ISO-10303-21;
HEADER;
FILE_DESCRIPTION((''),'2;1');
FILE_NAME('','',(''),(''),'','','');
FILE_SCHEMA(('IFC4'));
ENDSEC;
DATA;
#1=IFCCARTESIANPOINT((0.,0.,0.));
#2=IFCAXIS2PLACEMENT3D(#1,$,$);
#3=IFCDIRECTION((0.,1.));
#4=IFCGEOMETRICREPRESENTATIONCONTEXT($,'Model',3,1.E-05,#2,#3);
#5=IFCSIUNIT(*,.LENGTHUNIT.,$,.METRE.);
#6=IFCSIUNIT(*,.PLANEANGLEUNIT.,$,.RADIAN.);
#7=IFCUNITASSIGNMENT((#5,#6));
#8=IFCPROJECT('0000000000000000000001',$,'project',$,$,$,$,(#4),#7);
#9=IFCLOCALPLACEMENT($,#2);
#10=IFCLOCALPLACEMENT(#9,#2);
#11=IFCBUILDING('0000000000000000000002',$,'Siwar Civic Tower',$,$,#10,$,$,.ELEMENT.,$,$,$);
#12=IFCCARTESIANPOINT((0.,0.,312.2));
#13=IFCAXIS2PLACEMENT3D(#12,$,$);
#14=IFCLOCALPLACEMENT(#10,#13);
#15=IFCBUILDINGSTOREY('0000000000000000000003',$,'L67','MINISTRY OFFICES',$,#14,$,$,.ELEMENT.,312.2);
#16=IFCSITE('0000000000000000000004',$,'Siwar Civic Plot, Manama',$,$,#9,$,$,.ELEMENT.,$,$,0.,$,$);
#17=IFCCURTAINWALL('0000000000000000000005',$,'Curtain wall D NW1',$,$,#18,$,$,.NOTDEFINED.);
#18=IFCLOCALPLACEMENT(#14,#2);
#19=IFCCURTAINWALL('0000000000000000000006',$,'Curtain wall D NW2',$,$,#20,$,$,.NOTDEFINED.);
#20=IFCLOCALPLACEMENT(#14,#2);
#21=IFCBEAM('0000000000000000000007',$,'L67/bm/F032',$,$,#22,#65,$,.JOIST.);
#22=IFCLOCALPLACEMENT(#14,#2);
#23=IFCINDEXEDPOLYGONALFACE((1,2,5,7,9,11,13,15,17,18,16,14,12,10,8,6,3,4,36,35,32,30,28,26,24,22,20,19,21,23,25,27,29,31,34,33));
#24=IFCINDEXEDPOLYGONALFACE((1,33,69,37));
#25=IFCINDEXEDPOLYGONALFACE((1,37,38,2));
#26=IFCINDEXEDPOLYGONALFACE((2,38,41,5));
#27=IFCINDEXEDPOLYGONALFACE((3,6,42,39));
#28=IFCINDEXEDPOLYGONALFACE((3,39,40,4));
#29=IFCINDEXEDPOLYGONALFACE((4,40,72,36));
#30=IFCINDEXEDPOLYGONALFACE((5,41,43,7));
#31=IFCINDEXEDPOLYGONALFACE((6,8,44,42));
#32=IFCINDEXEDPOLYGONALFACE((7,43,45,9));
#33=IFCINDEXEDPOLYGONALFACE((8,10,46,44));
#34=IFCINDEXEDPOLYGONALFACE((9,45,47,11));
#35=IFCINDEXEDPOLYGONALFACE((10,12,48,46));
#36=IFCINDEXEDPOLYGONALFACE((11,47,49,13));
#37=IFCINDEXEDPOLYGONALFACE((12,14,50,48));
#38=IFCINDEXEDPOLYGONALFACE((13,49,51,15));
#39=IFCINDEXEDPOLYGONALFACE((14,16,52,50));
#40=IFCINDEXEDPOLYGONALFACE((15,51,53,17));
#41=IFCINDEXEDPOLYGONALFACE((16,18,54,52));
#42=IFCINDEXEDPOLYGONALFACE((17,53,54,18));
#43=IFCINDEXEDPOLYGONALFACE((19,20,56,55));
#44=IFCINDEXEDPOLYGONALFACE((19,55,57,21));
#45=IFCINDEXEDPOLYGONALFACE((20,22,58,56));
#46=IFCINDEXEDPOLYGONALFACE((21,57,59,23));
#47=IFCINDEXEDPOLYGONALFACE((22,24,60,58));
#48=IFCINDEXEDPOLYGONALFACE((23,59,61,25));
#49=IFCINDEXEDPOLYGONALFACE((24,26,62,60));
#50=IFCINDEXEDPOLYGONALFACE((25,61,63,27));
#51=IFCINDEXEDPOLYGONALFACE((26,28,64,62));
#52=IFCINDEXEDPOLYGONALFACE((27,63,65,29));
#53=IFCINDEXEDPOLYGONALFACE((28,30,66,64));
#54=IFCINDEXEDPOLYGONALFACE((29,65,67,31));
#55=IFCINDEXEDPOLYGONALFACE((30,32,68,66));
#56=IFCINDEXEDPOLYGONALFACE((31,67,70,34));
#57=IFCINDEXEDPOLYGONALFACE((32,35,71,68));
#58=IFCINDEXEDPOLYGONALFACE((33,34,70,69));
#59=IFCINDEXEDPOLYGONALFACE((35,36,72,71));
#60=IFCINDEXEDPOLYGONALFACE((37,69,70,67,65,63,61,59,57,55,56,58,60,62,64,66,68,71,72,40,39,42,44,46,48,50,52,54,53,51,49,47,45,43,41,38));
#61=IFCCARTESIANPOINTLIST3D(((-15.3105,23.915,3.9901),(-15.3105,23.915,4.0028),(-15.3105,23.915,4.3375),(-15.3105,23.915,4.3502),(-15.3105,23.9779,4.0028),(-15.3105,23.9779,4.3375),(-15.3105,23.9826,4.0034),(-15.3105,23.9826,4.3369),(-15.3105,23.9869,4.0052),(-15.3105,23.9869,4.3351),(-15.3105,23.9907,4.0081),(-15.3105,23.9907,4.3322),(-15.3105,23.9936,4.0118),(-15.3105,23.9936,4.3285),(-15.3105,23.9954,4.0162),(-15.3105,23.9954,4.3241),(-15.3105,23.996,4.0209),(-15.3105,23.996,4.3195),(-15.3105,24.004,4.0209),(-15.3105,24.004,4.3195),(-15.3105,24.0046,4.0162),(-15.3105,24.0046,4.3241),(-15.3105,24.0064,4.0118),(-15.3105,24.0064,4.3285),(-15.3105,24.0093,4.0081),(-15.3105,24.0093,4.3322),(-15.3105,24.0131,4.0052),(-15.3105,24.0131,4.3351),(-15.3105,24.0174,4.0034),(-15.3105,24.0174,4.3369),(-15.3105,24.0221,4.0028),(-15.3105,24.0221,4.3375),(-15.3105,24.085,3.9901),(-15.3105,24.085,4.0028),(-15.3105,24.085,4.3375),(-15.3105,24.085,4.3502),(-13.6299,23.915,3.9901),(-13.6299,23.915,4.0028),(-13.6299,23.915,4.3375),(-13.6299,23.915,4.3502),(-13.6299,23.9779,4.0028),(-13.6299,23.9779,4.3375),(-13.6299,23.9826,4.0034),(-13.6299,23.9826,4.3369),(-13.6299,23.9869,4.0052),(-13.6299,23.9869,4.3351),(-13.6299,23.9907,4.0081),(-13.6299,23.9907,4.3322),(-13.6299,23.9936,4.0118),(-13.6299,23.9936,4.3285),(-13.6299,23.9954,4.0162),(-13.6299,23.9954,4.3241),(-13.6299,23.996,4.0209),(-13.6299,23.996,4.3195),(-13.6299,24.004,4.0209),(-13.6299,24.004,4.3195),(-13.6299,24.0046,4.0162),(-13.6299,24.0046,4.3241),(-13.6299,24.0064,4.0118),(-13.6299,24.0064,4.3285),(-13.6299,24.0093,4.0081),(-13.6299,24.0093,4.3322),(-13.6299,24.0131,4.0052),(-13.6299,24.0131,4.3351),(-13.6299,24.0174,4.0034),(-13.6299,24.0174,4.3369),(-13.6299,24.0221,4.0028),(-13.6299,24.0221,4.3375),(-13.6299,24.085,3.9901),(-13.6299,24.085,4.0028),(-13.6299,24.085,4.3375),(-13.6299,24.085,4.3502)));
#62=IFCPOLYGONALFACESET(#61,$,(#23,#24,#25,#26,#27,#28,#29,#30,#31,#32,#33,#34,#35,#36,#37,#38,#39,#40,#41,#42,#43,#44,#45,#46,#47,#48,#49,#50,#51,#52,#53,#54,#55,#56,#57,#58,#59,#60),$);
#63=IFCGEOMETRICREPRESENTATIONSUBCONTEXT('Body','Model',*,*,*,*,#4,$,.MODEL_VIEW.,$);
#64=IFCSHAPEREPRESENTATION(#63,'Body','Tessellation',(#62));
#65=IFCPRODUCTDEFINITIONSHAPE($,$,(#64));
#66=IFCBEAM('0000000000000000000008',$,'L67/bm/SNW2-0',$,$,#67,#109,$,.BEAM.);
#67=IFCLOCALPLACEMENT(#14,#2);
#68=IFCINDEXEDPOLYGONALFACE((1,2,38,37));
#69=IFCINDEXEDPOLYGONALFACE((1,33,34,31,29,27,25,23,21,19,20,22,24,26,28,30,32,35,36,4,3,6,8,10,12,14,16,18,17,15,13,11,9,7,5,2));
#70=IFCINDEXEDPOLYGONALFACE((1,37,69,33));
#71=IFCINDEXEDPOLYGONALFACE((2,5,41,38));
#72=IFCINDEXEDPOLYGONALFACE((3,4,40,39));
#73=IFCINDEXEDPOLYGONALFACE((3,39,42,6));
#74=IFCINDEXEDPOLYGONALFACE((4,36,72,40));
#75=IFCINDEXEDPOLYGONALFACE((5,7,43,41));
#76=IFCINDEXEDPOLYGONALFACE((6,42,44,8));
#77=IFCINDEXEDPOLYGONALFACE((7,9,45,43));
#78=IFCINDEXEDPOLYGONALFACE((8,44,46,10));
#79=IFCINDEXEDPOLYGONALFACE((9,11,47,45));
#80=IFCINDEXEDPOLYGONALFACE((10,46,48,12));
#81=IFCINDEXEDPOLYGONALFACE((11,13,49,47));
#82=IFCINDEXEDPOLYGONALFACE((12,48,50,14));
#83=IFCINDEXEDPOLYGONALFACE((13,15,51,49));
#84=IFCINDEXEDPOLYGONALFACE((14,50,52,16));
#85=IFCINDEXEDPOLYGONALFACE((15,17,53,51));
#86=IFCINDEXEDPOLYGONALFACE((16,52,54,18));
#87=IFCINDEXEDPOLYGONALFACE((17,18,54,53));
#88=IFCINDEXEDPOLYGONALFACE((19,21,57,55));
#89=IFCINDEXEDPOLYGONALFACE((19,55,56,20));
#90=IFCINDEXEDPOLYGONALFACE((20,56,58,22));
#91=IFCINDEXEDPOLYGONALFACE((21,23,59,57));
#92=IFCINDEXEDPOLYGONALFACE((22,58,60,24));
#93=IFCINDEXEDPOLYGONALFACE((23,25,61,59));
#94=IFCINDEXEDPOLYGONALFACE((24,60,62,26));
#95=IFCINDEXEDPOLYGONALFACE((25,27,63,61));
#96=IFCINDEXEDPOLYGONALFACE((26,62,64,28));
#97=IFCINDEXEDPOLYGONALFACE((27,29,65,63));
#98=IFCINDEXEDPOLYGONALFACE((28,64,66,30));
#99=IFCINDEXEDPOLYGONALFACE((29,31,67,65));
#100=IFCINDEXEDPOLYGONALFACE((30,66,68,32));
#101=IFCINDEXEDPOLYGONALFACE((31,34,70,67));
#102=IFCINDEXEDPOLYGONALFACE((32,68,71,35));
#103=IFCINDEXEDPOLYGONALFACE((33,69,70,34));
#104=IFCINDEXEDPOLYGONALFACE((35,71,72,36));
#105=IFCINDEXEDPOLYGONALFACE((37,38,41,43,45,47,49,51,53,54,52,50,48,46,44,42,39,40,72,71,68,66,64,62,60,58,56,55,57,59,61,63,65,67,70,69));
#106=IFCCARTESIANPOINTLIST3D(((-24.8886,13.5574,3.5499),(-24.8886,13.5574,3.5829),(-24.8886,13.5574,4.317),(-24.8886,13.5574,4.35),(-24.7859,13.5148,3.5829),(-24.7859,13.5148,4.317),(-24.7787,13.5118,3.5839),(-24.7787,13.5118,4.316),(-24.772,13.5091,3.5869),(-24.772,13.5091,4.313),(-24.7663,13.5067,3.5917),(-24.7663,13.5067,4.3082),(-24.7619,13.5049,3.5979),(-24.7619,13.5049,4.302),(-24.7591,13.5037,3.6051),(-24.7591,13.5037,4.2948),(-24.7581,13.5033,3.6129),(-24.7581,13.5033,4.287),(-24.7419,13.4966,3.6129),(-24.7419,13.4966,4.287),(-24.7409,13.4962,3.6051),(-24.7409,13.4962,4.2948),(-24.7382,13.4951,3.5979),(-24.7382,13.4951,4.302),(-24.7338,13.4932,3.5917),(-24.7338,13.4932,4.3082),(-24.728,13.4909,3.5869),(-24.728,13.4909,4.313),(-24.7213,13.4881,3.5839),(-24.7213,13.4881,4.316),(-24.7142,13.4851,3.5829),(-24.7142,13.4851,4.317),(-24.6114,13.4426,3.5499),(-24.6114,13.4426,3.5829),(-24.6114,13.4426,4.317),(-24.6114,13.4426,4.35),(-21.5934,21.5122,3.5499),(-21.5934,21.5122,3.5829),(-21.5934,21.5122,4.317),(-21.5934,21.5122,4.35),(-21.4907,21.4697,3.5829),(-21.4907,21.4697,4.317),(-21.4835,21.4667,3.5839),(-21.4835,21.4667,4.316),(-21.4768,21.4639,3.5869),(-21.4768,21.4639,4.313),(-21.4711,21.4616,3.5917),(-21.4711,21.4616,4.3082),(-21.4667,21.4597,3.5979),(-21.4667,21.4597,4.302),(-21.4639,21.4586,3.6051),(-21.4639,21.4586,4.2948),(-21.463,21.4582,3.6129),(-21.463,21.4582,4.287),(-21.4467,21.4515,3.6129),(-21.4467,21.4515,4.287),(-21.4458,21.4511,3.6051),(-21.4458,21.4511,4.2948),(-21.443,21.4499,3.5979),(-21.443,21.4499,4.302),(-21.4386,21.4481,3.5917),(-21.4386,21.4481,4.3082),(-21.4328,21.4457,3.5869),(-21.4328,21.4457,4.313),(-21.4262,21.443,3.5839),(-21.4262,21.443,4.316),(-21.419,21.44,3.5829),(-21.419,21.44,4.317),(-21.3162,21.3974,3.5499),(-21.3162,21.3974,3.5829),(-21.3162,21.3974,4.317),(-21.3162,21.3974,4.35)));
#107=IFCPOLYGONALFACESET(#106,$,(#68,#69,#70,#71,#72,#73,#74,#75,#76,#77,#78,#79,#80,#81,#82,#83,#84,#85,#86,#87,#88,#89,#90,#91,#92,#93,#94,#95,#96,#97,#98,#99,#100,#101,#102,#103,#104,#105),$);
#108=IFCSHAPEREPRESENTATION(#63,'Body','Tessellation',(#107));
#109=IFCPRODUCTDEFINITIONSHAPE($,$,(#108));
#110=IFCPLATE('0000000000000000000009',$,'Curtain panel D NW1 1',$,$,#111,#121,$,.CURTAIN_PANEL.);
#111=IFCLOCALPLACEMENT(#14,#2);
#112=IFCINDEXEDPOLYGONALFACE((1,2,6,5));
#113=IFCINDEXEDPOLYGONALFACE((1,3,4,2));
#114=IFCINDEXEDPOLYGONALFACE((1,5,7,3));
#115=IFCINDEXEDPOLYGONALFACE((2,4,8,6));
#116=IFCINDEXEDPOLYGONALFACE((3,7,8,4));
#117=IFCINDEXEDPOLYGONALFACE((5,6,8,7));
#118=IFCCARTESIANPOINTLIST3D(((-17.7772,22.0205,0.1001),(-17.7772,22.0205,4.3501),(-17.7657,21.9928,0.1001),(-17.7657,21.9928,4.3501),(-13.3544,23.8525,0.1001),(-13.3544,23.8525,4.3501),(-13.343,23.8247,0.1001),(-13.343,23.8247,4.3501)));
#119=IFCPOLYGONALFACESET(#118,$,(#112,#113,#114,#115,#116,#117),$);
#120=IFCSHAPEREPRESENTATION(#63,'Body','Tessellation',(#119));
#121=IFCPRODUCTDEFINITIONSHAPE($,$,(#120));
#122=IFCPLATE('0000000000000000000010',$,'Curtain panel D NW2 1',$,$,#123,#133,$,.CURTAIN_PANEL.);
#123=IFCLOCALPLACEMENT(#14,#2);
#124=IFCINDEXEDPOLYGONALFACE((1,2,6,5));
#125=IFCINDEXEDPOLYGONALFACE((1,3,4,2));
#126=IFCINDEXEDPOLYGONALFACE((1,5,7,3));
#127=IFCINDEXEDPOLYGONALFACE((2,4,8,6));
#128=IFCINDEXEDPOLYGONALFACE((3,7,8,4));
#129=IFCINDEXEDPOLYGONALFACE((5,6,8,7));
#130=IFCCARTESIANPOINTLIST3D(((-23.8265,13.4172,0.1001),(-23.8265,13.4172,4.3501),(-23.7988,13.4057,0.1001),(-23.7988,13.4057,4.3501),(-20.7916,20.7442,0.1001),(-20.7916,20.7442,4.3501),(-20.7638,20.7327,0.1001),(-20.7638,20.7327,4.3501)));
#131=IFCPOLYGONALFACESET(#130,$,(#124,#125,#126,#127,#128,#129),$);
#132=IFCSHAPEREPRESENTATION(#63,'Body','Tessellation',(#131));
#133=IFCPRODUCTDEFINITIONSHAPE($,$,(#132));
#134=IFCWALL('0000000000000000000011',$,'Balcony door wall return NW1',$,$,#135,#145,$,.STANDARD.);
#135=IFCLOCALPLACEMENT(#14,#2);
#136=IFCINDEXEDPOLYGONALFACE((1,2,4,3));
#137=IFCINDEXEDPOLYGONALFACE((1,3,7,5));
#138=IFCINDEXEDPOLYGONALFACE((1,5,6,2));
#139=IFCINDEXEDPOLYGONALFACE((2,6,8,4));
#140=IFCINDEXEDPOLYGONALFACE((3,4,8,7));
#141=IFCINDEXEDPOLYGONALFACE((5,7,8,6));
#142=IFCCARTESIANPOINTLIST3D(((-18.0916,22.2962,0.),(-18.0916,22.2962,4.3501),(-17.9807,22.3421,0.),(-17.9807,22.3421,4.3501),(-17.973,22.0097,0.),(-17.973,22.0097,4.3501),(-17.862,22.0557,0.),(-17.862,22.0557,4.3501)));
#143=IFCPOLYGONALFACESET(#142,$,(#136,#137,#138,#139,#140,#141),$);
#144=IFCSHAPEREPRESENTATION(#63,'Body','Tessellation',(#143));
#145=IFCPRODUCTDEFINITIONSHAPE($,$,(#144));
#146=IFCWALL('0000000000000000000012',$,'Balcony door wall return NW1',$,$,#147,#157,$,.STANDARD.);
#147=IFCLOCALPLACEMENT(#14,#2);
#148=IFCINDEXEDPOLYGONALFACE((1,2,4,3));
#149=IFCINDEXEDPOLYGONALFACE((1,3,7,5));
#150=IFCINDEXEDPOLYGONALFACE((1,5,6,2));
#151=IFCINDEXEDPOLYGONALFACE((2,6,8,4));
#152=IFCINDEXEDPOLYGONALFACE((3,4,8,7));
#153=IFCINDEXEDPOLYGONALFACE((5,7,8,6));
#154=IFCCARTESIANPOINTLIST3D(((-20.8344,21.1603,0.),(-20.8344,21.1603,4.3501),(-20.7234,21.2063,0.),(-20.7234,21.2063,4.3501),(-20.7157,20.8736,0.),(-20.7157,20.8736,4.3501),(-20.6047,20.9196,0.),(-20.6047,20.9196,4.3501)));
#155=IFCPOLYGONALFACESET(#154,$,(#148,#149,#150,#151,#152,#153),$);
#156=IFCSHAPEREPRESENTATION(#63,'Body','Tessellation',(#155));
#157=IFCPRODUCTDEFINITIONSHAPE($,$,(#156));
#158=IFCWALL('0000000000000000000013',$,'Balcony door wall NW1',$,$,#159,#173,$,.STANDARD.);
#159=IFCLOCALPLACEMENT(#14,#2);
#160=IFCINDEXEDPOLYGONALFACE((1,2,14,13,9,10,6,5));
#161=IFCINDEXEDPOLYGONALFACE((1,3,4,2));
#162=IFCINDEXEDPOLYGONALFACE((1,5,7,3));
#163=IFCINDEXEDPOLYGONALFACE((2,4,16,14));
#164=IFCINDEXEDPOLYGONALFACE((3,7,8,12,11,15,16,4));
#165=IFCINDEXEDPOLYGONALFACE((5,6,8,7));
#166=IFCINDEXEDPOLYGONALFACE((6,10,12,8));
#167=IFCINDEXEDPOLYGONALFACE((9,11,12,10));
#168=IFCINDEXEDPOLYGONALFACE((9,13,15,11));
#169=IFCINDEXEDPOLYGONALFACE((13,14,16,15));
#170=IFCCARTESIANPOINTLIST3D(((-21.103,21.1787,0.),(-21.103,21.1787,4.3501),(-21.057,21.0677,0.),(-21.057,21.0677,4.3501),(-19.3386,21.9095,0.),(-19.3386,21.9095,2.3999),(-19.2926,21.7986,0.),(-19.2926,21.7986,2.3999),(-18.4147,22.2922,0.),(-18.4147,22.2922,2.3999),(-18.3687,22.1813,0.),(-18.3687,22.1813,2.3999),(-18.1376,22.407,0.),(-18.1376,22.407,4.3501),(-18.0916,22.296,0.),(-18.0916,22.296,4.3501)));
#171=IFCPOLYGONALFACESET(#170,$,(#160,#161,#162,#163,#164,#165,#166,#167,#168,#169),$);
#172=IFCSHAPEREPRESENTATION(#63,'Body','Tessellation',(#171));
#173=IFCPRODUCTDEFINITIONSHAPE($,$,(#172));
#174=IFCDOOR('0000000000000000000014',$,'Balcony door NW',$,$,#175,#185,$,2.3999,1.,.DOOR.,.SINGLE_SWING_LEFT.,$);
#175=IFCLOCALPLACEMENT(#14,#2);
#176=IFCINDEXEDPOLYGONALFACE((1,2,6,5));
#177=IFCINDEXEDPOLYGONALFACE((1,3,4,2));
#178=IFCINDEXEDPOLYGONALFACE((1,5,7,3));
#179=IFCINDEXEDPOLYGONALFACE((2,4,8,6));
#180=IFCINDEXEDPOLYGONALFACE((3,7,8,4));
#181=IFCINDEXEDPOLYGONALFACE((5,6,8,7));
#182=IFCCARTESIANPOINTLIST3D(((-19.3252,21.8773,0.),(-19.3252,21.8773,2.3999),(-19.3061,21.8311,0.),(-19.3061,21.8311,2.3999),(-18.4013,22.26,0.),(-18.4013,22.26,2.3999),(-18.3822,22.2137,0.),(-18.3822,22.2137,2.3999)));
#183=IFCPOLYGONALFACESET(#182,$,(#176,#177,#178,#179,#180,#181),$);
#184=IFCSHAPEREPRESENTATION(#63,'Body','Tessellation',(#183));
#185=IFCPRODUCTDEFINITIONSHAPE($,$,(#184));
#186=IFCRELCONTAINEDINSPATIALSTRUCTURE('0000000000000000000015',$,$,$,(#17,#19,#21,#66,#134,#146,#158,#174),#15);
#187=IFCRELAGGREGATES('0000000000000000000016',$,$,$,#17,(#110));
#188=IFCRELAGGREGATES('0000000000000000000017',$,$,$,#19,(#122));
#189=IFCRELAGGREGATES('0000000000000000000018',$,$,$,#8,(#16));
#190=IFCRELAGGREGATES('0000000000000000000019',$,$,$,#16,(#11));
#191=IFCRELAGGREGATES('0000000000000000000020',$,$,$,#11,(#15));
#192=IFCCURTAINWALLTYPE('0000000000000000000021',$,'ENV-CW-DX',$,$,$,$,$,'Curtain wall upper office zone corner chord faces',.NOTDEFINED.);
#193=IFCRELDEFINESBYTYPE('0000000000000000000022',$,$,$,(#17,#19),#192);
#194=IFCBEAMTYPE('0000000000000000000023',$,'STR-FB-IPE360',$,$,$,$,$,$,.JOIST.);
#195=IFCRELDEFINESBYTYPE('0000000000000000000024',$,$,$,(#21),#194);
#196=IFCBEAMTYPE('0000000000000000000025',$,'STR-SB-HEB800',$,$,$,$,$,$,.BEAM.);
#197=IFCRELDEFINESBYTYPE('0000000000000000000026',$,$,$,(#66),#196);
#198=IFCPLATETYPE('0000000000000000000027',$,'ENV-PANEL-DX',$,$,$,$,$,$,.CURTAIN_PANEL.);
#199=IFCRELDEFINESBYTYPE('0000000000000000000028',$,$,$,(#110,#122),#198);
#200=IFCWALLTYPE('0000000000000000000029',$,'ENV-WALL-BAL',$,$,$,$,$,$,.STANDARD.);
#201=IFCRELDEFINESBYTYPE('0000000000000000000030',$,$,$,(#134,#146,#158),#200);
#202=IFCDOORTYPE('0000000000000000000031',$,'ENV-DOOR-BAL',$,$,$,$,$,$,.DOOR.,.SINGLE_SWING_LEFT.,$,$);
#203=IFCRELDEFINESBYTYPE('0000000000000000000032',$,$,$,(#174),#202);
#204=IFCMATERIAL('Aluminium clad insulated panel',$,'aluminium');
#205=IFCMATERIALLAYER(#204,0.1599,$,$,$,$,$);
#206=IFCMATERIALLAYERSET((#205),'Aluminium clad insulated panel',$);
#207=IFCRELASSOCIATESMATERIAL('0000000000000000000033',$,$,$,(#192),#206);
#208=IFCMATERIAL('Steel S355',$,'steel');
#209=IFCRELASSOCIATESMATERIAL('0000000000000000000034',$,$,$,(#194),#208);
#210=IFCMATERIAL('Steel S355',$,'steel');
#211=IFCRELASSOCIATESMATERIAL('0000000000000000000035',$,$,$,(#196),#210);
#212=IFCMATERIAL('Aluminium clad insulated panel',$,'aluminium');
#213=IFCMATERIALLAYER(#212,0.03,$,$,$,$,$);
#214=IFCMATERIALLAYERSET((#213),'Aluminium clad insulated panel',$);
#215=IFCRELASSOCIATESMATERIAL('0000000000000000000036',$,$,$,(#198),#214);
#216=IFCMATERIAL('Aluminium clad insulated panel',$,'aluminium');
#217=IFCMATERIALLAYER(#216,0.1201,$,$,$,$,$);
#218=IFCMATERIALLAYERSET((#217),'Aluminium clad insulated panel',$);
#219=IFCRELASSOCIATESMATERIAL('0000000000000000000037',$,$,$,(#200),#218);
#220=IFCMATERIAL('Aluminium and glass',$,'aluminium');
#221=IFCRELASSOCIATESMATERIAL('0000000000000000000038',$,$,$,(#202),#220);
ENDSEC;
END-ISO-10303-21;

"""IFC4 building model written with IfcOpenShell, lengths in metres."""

from ifc_helpers import new_model, si_unit, direction, frame, frame_2d, origin, origin_2d, place, context, subcontext, project, spatial, rectangle, i_section, extrude, material, layer, layer_set, material_profile, profile_set, type_object, element, fill, aggregate, save


model = new_model("IFC4")

# Units and contexts
model_context = context("Model", 3, precision=1e-05, world=origin(), true_north=direction((0.0, 1.0)))
body_context = subcontext(model_context, "Body", "Model", "MODEL_VIEW")
ifc_project = project(units=[si_unit("LENGTHUNIT", "METRE"), si_unit("PLANEANGLEUNIT", "RADIAN")], contexts=[model_context])

# Site, building, storey
site_placement = place(None, origin())
site = spatial("IfcSite", under=ifc_project, at=site_placement, Name="Siwar Civic Plot, Manama", CompositionType="ELEMENT", RefElevation=0.0)
building_placement = place(site_placement, origin())
building = spatial("IfcBuilding", under=site, at=building_placement, Name="Siwar Civic Tower", CompositionType="ELEMENT")
storey_placement = place(building_placement, frame((0.0, 0.0, 312.2)))
storey = spatial("IfcBuildingStorey", under=building, at=storey_placement, Name="L67", Description="MINISTRY OFFICES", CompositionType="ELEMENT", Elevation=312.2)

# Curtain wall
ifc_material_1 = material(Name="Aluminium clad insulated panel", Category="aluminium")
ifc_layer_1 = layer(ifc_material_1, 0.1599)
ifc_layer_set_1 = layer_set([ifc_layer_1], Name="Aluminium clad insulated panel")
curtain_wall_type = type_object("IfcCurtainWallType", Name="ENV-CW-DX", ElementType="Curtain wall upper office zone corner chord faces", PredefinedType="NOTDEFINED", material=ifc_layer_set_1)
curtain_wall_1_placement = place(storey_placement, origin())
curtain_wall_1 = element("IfcCurtainWall", 1, at=curtain_wall_1_placement, inside=storey, type_object=curtain_wall_type, Name="Curtain wall D NW1", PredefinedType="NOTDEFINED")

# Curtain wall
curtain_wall_2_placement = place(storey_placement, origin())
curtain_wall_2 = element("IfcCurtainWall", 2, at=curtain_wall_2_placement, inside=storey, type_object=curtain_wall_type, Name="Curtain wall D NW2", PredefinedType="NOTDEFINED")

# Beams
ifc_material_2 = material(Name="Steel S355", Category="steel")
ifc_material_profile_1 = material_profile(ifc_material_2, i_section(OverallWidth=0.1699, OverallDepth=0.3601, WebThickness=0.0081, FlangeThickness=0.0127, FilletRadius=0.0181, at=origin_2d()), Name="IPE360")
ifc_profile_set_1 = profile_set([ifc_material_profile_1], Name="Steel S355")
beam_type_1 = type_object("IfcBeamType", Name="STR-FB-IPE360", PredefinedType="JOIST", material=ifc_profile_set_1)
beam_1_placement = place(storey_placement, frame((-15.3105, 24.0, 4.1702), z_axis=(1.0, 0.0, 0.0), x_axis=(0.0, 1.0, 0.0)))
element("IfcBeam", 3, at=beam_1_placement, inside=storey, type_object=beam_type_1, Name="L67/bm/F032", PredefinedType="JOIST", context=body_context, shape_type="SweptSolid", body=[
    extrude(i_section(OverallWidth=0.1699, OverallDepth=0.3601, WebThickness=0.0081, FlangeThickness=0.0127, FilletRadius=0.0181, at=origin_2d()), origin(), (0.0, 0.0, 1.0), 1.6807),
])
ifc_material_3 = material(Name="Steel S355", Category="steel")
ifc_material_profile_2 = material_profile(ifc_material_3, i_section(OverallWidth=0.3, OverallDepth=0.8, WebThickness=0.0176, FlangeThickness=0.033, FilletRadius=0.03, at=origin_2d()), Name="HEB800")
ifc_profile_set_2 = profile_set([ifc_material_profile_2], Name="Steel S355")
beam_type_2 = type_object("IfcBeamType", Name="STR-SB-HEB800", PredefinedType="BEAM", material=ifc_profile_set_2)
beam_2_placement = place(storey_placement, frame((-21.4548, 21.4548, 3.95), z_axis=(-0.3827, -0.923873, 0.0), x_axis=(0.923873, -0.3827, 0.0)))
element("IfcBeam", 4, at=beam_2_placement, inside=storey, type_object=beam_type_2, Name="L67/bm/SNW2-0", PredefinedType="BEAM", context=body_context, shape_type="SweptSolid", body=[
    extrude(i_section(OverallWidth=0.3, OverallDepth=0.8, WebThickness=0.0176, FlangeThickness=0.033, FilletRadius=0.03, at=origin_2d()), origin(), (0.0, 0.0, 1.0), 8.6104),
])

# Plates
ifc_material_4 = material(Name="Aluminium clad insulated panel", Category="aluminium")
ifc_layer_2 = layer(ifc_material_4, 0.03)
ifc_layer_set_2 = layer_set([ifc_layer_2], Name="Aluminium clad insulated panel")
plate_type = type_object("IfcPlateType", Name="ENV-PANEL-DX", PredefinedType="CURTAIN_PANEL", material=ifc_layer_set_2)
plate_1_placement = place(storey_placement, frame((-15.5601, 22.9226, 0.1001), z_axis=(0.0, 0.0, 1.0), x_axis=(-0.92388, -0.382683, 0.0)))
plate_1 = element("IfcPlate", 5, at=plate_1_placement, type_object=plate_type, Name="Curtain panel D NW1 1", PredefinedType="CURTAIN_PANEL", context=body_context, shape_type="SweptSolid", body=[
    extrude(rectangle(XDim=4.7871, YDim=0.03, at=origin_2d()), origin(), (0.0, 0.0, 1.0), 4.25),
])
aggregate(curtain_wall_1, [plate_1])
plate_2_placement = place(storey_placement, frame((-22.2952, 17.075, 0.1001), z_axis=(0.0, 0.0, 1.0), x_axis=(-0.382683, -0.92388, 0.0)))
plate_2 = element("IfcPlate", 6, at=plate_2_placement, type_object=plate_type, Name="Curtain panel D NW2 1", PredefinedType="CURTAIN_PANEL", context=body_context, shape_type="SweptSolid", body=[
    extrude(rectangle(XDim=7.9307, YDim=0.03, at=origin_2d()), origin(), (0.0, 0.0, 1.0), 4.25),
])
aggregate(curtain_wall_2, [plate_2])

# Walls
ifc_material_5 = material(Name="Aluminium clad insulated panel", Category="aluminium")
ifc_layer_3 = layer(ifc_material_5, 0.1201)
ifc_layer_set_3 = layer_set([ifc_layer_3], Name="Aluminium clad insulated panel")
wall_type = type_object("IfcWallType", Name="ENV-WALL-BAL", PredefinedType="STANDARD", material=ifc_layer_set_3)
wall_1_placement = place(storey_placement, frame((-17.9175, 22.0327, 0.0), z_axis=(0.0, 0.0, 1.0), x_axis=(-0.382769, 0.923844, 0.0)))
element("IfcWall", 7, at=wall_1_placement, inside=storey, type_object=wall_type, Name="Balcony door wall return NW1", PredefinedType="STANDARD", context=body_context, shape_type="SweptSolid", body=[
    extrude(rectangle(XDim=0.3101, YDim=0.1201, at=frame_2d((0.155, 0.0))), origin(), (0.0, 0.0, 1.0), 4.3501),
])
wall_2_placement = place(storey_placement, frame((-20.6602, 20.8965, 0.0), z_axis=(0.0, 0.0, 1.0), x_axis=(-0.382491, 0.923959, 0.0)))
element("IfcWall", 8, at=wall_2_placement, inside=storey, type_object=wall_type, Name="Balcony door wall return NW1", PredefinedType="STANDARD", context=body_context, shape_type="SweptSolid", body=[
    extrude(rectangle(XDim=0.3103, YDim=0.1201, at=frame_2d((0.1553, 0.0))), origin(), (0.0, 0.0, 1.0), 4.3501),
])

# Wall, opening, door
wall_3_placement = place(storey_placement, frame((-18.1145, 22.3516, 0.0), z_axis=(0.0, 0.0, 1.0), x_axis=(-0.923881, -0.382681, 0.0)))
wall_3 = element("IfcWall", 9, at=wall_3_placement, inside=storey, type_object=wall_type, Name="Balcony door wall NW1", PredefinedType="STANDARD", context=body_context, shape_type="SweptSolid", body=[
    extrude(rectangle(XDim=3.2097, YDim=0.1201, at=frame_2d((1.605, 0.0))), origin(), (0.0, 0.0, 1.0), 4.3501),
])
opening_placement = place(wall_3_placement, frame((0.3, 0.0, 0.0)))
opening = element("IfcOpeningElement", 10, at=opening_placement, cuts=wall_3, PredefinedType="OPENING", context=body_context, shape_type="SweptSolid", body=[
    extrude(rectangle(XDim=1.0, YDim=2.3999, at=frame_2d((0.5, 1.2))), frame((0.0, 0.0701, 0.0), z_axis=(0.0, -1.0, 0.0), x_axis=(1.0, 0.0, 0.0)), (0.0, 0.0, 1.0), 0.1401),
])
ifc_material_6 = material(Name="Aluminium and glass", Category="aluminium")
door_type = type_object("IfcDoorType", Name="ENV-DOOR-BAL", OperationType="SINGLE_SWING_LEFT", PredefinedType="DOOR", material=ifc_material_6)
door_placement = place(opening_placement, origin())
door = element("IfcDoor", 11, at=door_placement, inside=storey, type_object=door_type, Name="Balcony door NW", OperationType="SINGLE_SWING_LEFT", OverallHeight=2.3999, OverallWidth=1.0, PredefinedType="DOOR", context=body_context, shape_type="SweptSolid", body=[
    extrude(rectangle(XDim=1.0, YDim=2.3999, at=frame_2d((0.5, 1.2))), frame((0.0, 0.0249, 0.0), z_axis=(0.0, -1.0, 0.0), x_axis=(1.0, 0.0, 0.0)), (0.0, 0.0, 1.0), 0.05),
])
fill(opening, door)

save(model, "model.ifc")
